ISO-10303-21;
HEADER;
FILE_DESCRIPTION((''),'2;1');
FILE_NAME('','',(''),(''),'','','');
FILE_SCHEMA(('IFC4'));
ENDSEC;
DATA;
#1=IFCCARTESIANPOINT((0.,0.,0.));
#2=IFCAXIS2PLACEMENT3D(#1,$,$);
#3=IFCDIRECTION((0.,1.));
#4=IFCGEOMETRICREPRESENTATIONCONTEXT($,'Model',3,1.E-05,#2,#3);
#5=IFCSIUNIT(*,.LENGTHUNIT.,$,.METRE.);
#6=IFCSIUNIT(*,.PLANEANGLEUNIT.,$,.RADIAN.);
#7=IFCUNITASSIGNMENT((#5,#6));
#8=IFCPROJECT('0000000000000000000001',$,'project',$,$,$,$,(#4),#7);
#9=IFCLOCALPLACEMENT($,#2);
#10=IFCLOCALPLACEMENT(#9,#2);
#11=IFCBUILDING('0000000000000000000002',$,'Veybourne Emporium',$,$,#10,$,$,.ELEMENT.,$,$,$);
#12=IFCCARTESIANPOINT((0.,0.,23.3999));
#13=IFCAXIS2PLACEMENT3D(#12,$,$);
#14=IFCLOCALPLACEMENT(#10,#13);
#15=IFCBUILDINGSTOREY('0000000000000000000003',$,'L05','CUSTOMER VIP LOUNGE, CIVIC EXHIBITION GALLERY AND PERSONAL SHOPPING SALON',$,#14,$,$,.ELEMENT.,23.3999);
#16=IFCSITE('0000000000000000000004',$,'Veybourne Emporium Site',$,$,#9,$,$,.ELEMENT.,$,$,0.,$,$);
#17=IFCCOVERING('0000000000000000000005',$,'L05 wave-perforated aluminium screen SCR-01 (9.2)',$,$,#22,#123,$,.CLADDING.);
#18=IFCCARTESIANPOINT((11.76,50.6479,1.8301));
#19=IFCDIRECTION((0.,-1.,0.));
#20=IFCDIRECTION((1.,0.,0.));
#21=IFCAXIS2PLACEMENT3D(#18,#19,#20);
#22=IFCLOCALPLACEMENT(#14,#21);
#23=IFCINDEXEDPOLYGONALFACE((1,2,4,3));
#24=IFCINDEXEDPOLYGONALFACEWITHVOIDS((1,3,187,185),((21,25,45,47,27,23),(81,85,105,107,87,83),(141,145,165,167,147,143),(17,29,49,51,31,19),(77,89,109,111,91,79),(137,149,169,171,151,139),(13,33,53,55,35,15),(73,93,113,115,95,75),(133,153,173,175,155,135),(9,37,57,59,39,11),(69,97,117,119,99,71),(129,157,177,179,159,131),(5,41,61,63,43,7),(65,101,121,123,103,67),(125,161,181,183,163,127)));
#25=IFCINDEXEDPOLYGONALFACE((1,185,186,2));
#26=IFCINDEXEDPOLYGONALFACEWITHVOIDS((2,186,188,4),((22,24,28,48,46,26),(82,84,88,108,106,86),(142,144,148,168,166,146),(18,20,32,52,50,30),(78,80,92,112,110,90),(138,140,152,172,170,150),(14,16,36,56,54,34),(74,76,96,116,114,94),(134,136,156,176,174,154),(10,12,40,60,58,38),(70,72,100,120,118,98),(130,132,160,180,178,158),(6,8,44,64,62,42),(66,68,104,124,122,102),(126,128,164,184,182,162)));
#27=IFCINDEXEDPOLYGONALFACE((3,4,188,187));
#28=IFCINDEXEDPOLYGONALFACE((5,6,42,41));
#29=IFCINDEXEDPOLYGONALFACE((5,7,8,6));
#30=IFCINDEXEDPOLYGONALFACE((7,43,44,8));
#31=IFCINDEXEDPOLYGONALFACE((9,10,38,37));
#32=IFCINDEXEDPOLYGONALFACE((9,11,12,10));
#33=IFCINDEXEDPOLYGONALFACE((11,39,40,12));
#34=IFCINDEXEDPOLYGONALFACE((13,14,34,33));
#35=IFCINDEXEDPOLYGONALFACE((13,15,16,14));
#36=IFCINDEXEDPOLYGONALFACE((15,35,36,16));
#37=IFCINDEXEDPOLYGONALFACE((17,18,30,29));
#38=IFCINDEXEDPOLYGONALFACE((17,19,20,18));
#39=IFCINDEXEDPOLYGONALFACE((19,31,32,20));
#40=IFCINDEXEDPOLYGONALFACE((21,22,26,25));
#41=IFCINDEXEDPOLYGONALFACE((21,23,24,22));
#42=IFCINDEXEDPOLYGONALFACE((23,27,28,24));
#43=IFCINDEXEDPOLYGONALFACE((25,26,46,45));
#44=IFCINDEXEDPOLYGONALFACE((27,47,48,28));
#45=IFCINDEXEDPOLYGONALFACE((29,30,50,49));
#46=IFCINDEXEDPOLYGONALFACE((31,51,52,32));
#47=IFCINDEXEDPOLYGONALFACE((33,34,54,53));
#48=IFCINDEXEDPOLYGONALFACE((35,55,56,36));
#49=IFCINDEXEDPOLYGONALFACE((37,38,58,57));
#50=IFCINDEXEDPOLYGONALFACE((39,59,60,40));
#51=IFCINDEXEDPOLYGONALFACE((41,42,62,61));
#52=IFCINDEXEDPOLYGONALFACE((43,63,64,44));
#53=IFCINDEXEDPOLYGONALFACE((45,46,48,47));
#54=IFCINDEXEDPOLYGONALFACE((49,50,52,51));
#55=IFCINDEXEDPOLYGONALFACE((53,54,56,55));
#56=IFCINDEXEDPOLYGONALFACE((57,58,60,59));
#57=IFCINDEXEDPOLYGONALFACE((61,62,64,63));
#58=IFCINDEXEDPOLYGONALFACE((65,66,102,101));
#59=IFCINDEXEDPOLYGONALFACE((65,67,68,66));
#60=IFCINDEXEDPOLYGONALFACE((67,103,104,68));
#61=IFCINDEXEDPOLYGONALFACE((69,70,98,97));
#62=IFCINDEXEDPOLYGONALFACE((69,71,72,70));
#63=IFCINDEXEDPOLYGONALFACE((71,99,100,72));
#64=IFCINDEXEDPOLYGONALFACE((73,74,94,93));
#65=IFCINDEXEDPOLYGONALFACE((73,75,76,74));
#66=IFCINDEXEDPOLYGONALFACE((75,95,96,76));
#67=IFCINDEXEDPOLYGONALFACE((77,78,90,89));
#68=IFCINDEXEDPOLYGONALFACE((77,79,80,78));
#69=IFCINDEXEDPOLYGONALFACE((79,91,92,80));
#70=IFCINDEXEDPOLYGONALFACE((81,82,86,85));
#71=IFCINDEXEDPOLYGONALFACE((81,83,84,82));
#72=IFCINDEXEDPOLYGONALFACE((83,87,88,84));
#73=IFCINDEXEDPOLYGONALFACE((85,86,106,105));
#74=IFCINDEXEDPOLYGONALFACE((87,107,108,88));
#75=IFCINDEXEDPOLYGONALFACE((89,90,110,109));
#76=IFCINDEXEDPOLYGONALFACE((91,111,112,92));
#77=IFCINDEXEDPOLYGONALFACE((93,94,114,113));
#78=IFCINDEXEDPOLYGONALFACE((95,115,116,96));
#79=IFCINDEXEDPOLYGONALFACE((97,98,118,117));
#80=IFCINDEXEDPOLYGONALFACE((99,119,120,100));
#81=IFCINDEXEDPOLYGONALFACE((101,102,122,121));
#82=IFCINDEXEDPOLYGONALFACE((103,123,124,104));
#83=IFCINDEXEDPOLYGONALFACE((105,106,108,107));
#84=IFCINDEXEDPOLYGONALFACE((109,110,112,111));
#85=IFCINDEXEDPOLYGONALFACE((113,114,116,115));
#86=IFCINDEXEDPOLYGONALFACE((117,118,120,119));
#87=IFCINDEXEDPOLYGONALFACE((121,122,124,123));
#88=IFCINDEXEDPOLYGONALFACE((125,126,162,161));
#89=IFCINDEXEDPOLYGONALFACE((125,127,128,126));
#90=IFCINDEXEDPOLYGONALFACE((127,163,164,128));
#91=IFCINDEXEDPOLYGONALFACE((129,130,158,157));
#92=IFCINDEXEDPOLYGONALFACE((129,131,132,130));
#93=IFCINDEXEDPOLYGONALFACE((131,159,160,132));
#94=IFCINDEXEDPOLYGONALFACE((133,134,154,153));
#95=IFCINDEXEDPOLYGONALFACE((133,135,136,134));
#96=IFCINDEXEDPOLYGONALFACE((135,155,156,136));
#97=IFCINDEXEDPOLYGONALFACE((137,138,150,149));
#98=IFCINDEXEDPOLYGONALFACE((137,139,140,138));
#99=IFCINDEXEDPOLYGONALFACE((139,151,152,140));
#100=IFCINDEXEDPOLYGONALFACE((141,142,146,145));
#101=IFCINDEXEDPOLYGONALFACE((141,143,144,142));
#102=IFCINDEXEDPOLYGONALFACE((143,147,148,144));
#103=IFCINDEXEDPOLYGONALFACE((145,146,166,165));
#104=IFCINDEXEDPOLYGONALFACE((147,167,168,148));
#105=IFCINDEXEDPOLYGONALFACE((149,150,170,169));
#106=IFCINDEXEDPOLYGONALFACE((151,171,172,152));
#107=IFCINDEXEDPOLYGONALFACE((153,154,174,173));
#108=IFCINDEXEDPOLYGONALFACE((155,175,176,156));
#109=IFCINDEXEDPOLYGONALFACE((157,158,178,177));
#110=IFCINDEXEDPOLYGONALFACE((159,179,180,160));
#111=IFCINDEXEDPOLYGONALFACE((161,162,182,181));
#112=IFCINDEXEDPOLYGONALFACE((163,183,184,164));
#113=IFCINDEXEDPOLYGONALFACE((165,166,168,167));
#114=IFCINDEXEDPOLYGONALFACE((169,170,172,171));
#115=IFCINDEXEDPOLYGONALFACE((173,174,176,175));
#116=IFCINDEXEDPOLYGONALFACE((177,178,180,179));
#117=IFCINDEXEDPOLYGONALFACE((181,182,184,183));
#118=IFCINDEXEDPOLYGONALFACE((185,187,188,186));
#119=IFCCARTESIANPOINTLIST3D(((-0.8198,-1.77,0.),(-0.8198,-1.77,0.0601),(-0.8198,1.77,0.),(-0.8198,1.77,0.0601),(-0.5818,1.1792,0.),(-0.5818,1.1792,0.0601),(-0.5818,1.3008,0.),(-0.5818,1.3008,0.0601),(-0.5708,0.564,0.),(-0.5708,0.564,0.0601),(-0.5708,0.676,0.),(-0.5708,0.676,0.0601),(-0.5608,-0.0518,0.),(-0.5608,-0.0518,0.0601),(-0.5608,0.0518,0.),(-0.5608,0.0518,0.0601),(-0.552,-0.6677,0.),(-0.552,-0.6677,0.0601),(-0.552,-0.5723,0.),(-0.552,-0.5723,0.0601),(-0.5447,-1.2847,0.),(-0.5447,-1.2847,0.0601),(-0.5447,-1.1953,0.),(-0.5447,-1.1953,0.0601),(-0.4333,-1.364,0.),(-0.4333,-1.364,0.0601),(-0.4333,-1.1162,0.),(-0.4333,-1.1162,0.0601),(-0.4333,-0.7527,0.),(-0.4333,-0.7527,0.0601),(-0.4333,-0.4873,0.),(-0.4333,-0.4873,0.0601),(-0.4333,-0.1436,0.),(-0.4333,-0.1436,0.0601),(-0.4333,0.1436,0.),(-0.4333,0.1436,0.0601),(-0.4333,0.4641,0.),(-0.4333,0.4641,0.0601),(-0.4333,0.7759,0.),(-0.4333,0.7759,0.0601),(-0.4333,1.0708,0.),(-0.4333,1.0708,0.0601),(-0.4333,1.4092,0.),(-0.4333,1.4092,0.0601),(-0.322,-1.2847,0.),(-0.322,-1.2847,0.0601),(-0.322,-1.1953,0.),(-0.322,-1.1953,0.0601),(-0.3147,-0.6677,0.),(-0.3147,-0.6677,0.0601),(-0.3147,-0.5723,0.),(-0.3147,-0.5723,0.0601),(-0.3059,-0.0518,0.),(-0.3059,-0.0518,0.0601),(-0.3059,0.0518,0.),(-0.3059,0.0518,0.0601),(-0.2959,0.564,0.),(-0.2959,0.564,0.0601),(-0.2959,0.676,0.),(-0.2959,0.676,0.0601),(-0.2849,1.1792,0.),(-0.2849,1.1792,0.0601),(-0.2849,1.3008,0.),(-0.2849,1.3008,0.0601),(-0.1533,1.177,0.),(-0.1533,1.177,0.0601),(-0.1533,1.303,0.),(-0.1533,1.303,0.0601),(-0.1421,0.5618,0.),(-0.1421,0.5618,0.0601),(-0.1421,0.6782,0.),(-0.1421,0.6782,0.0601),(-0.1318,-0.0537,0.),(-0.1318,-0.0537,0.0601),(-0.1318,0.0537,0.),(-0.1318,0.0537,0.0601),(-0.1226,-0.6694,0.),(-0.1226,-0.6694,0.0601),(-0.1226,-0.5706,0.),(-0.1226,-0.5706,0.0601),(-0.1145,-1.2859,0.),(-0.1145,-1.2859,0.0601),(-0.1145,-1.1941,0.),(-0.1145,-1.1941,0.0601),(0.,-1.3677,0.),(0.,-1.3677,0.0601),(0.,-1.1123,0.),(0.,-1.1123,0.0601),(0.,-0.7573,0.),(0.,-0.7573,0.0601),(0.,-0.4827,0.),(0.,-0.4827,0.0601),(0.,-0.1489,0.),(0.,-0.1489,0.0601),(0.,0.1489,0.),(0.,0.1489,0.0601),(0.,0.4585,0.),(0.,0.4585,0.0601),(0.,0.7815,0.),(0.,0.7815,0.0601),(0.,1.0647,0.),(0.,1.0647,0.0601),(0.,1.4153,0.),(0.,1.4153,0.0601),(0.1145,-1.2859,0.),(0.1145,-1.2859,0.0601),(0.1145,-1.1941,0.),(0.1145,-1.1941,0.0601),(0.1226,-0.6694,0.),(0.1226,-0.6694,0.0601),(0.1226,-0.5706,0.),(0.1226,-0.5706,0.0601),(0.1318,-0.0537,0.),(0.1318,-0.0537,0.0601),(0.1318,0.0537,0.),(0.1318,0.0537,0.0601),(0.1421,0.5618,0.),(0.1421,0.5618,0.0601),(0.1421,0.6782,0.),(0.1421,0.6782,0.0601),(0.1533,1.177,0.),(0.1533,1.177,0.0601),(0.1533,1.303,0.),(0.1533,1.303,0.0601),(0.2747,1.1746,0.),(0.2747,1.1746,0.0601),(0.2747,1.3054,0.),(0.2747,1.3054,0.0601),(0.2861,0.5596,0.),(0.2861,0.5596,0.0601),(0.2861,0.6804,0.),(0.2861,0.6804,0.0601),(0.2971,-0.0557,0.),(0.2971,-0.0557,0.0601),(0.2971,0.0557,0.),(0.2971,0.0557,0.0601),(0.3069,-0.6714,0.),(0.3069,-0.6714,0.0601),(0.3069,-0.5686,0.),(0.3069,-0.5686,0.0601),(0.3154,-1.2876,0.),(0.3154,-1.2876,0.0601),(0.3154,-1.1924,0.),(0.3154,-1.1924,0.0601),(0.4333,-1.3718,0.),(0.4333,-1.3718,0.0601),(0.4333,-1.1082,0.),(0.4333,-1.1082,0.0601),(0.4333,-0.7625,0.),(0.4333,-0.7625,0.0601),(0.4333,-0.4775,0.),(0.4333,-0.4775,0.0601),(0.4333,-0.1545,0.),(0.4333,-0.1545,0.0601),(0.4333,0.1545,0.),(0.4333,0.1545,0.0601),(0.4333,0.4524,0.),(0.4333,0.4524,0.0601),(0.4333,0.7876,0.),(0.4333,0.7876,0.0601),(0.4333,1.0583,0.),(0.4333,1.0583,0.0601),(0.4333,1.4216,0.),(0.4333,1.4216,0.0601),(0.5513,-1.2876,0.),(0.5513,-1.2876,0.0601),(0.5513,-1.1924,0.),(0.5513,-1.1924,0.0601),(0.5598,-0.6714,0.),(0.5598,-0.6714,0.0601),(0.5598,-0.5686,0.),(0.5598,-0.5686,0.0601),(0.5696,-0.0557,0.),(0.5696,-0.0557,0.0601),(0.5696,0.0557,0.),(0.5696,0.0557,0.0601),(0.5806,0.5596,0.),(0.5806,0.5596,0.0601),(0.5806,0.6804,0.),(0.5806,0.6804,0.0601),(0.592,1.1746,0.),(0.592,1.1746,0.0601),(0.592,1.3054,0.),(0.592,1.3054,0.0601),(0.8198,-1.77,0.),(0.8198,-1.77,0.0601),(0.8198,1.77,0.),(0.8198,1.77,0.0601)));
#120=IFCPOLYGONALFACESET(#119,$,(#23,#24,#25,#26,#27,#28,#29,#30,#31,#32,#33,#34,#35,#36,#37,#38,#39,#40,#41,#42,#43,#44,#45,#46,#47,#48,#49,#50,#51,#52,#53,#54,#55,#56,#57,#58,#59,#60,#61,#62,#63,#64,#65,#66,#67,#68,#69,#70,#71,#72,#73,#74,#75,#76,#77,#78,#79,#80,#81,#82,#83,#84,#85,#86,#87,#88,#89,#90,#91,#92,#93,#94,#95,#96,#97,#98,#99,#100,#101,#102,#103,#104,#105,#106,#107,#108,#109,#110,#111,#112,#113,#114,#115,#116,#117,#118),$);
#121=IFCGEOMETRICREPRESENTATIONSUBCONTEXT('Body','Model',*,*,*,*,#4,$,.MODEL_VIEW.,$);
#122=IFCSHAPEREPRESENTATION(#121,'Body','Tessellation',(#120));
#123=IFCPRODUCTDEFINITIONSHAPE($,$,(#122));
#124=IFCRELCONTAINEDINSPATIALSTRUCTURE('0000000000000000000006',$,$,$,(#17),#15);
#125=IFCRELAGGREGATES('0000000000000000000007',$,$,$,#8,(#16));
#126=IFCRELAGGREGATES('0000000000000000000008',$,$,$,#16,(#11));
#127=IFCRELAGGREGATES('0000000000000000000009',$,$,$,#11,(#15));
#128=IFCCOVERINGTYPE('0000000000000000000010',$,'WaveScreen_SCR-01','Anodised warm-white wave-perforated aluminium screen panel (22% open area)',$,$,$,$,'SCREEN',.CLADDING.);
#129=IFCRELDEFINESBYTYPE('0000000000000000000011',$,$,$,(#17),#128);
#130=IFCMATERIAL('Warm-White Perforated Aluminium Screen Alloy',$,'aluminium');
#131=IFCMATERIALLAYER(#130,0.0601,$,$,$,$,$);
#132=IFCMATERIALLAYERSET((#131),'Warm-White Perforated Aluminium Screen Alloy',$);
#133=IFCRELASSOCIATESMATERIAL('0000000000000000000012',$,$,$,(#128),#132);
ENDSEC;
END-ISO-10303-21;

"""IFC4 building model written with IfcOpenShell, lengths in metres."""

from ifc_helpers import new_model, si_unit, direction, frame, origin, place, context, subcontext, project, spatial, polyline, outline, extrude, material, layer, layer_set, type_object, element, save


model = new_model("IFC4")

# Units and contexts
model_context = context("Model", 3, precision=1e-05, world=origin(), true_north=direction((0.0, 1.0)))
body_context = subcontext(model_context, "Body", "Model", "MODEL_VIEW")
ifc_project = project(units=[si_unit("LENGTHUNIT", "METRE"), si_unit("PLANEANGLEUNIT", "RADIAN")], contexts=[model_context])

# Site, building, storey
site_placement = place(None, origin())
site = spatial("IfcSite", under=ifc_project, at=site_placement, Name="Veybourne Emporium Site", CompositionType="ELEMENT", RefElevation=0.0)
building_placement = place(site_placement, origin())
building = spatial("IfcBuilding", under=site, at=building_placement, Name="Veybourne Emporium", CompositionType="ELEMENT")
storey_placement = place(building_placement, frame((0.0, 0.0, 23.3999)))
storey = spatial("IfcBuildingStorey", under=building, at=storey_placement, Name="L05", Description="CUSTOMER VIP LOUNGE, CIVIC EXHIBITION GALLERY AND PERSONAL SHOPPING SALON", CompositionType="ELEMENT", Elevation=23.3999)

# Covering
ifc_material_1 = material(Name="Warm-White Perforated Aluminium Screen Alloy", Category="aluminium")
ifc_layer_1 = layer(ifc_material_1, 0.0601)
ifc_layer_set_1 = layer_set([ifc_layer_1], Name="Warm-White Perforated Aluminium Screen Alloy")
covering_type_1 = type_object("IfcCoveringType", Name="WaveScreen_SCR-01", Description="Anodised warm-white wave-perforated aluminium screen panel (22% open area)", ElementType="SCREEN", PredefinedType="CLADDING", material=ifc_layer_set_1)
covering_1_placement = place(storey_placement, frame((11.76, 50.6479, 1.8301), z_axis=(0.0, -1.0, 0.0), x_axis=(1.0, 0.0, 0.0)))
element("IfcCovering", 1, at=covering_1_placement, inside=storey, type_object=covering_type_1, Name="L05 wave-perforated aluminium screen SCR-01 (9.2)", PredefinedType="CLADDING", context=body_context, shape_type="SweptSolid", body=[
    extrude(outline(polyline([(-0.8198, -1.77), (0.8198, -1.77), (0.8198, 1.77), (-0.8198, 1.77), (-0.8198, -1.77)]), holes=[polyline([(-0.4333, -1.1162), (-0.322, -1.1953), (-0.322, -1.2847), (-0.4333, -1.364), (-0.5447, -1.2847), (-0.5447, -1.1953), (-0.4333, -1.1162)]), polyline([(-0.4333, -0.4873), (-0.3147, -0.5723), (-0.3147, -0.6677), (-0.4333, -0.7527), (-0.552, -0.6677), (-0.552, -0.5723), (-0.4333, -0.4873)]), polyline([(-0.4333, 0.1436), (-0.3059, 0.0518), (-0.3059, -0.0518), (-0.4333, -0.1436), (-0.5608, -0.0518), (-0.5608, 0.0518), (-0.4333, 0.1436)]), polyline([(-0.4333, 0.7759), (-0.2959, 0.676), (-0.2959, 0.564), (-0.4333, 0.4641), (-0.5708, 0.564), (-0.5708, 0.676), (-0.4333, 0.7759)]), polyline([(-0.4333, 1.4092), (-0.2849, 1.3008), (-0.2849, 1.1792), (-0.4333, 1.0708), (-0.5818, 1.1792), (-0.5818, 1.3008), (-0.4333, 1.4092)]), polyline([(0.0, -1.1123), (0.1145, -1.1941), (0.1145, -1.2859), (0.0, -1.3677), (-0.1145, -1.2859), (-0.1145, -1.1941), (0.0, -1.1123)]), polyline([(0.0, -0.4827), (0.1226, -0.5706), (0.1226, -0.6694), (0.0, -0.7573), (-0.1226, -0.6694), (-0.1226, -0.5706), (0.0, -0.4827)]), polyline([(0.0, 0.1489), (0.1318, 0.0537), (0.1318, -0.0537), (0.0, -0.1489), (-0.1318, -0.0537), (-0.1318, 0.0537), (0.0, 0.1489)]), polyline([(0.0, 0.7815), (0.1421, 0.6782), (0.1421, 0.5618), (0.0, 0.4585), (-0.1421, 0.5618), (-0.1421, 0.6782), (0.0, 0.7815)]), polyline([(0.0, 1.4153), (0.1533, 1.303), (0.1533, 1.177), (0.0, 1.0647), (-0.1533, 1.177), (-0.1533, 1.303), (0.0, 1.4153)]), polyline([(0.4333, -1.1082), (0.5513, -1.1924), (0.5513, -1.2876), (0.4333, -1.3718), (0.3154, -1.2876), (0.3154, -1.1924), (0.4333, -1.1082)]), polyline([(0.4333, -0.4775), (0.5598, -0.5686), (0.5598, -0.6714), (0.4333, -0.7625), (0.3069, -0.6714), (0.3069, -0.5686), (0.4333, -0.4775)]), polyline([(0.4333, 0.1545), (0.5696, 0.0557), (0.5696, -0.0557), (0.4333, -0.1545), (0.2971, -0.0557), (0.2971, 0.0557), (0.4333, 0.1545)]), polyline([(0.4333, 0.7876), (0.5806, 0.6804), (0.5806, 0.5596), (0.4333, 0.4524), (0.2861, 0.5596), (0.2861, 0.6804), (0.4333, 0.7876)]), polyline([(0.4333, 1.4216), (0.592, 1.3054), (0.592, 1.1746), (0.4333, 1.0583), (0.2747, 1.1746), (0.2747, 1.3054), (0.4333, 1.4216)])]), origin(), (0.0, 0.0, 1.0), 0.0601),
])

save(model, "model.ifc")
